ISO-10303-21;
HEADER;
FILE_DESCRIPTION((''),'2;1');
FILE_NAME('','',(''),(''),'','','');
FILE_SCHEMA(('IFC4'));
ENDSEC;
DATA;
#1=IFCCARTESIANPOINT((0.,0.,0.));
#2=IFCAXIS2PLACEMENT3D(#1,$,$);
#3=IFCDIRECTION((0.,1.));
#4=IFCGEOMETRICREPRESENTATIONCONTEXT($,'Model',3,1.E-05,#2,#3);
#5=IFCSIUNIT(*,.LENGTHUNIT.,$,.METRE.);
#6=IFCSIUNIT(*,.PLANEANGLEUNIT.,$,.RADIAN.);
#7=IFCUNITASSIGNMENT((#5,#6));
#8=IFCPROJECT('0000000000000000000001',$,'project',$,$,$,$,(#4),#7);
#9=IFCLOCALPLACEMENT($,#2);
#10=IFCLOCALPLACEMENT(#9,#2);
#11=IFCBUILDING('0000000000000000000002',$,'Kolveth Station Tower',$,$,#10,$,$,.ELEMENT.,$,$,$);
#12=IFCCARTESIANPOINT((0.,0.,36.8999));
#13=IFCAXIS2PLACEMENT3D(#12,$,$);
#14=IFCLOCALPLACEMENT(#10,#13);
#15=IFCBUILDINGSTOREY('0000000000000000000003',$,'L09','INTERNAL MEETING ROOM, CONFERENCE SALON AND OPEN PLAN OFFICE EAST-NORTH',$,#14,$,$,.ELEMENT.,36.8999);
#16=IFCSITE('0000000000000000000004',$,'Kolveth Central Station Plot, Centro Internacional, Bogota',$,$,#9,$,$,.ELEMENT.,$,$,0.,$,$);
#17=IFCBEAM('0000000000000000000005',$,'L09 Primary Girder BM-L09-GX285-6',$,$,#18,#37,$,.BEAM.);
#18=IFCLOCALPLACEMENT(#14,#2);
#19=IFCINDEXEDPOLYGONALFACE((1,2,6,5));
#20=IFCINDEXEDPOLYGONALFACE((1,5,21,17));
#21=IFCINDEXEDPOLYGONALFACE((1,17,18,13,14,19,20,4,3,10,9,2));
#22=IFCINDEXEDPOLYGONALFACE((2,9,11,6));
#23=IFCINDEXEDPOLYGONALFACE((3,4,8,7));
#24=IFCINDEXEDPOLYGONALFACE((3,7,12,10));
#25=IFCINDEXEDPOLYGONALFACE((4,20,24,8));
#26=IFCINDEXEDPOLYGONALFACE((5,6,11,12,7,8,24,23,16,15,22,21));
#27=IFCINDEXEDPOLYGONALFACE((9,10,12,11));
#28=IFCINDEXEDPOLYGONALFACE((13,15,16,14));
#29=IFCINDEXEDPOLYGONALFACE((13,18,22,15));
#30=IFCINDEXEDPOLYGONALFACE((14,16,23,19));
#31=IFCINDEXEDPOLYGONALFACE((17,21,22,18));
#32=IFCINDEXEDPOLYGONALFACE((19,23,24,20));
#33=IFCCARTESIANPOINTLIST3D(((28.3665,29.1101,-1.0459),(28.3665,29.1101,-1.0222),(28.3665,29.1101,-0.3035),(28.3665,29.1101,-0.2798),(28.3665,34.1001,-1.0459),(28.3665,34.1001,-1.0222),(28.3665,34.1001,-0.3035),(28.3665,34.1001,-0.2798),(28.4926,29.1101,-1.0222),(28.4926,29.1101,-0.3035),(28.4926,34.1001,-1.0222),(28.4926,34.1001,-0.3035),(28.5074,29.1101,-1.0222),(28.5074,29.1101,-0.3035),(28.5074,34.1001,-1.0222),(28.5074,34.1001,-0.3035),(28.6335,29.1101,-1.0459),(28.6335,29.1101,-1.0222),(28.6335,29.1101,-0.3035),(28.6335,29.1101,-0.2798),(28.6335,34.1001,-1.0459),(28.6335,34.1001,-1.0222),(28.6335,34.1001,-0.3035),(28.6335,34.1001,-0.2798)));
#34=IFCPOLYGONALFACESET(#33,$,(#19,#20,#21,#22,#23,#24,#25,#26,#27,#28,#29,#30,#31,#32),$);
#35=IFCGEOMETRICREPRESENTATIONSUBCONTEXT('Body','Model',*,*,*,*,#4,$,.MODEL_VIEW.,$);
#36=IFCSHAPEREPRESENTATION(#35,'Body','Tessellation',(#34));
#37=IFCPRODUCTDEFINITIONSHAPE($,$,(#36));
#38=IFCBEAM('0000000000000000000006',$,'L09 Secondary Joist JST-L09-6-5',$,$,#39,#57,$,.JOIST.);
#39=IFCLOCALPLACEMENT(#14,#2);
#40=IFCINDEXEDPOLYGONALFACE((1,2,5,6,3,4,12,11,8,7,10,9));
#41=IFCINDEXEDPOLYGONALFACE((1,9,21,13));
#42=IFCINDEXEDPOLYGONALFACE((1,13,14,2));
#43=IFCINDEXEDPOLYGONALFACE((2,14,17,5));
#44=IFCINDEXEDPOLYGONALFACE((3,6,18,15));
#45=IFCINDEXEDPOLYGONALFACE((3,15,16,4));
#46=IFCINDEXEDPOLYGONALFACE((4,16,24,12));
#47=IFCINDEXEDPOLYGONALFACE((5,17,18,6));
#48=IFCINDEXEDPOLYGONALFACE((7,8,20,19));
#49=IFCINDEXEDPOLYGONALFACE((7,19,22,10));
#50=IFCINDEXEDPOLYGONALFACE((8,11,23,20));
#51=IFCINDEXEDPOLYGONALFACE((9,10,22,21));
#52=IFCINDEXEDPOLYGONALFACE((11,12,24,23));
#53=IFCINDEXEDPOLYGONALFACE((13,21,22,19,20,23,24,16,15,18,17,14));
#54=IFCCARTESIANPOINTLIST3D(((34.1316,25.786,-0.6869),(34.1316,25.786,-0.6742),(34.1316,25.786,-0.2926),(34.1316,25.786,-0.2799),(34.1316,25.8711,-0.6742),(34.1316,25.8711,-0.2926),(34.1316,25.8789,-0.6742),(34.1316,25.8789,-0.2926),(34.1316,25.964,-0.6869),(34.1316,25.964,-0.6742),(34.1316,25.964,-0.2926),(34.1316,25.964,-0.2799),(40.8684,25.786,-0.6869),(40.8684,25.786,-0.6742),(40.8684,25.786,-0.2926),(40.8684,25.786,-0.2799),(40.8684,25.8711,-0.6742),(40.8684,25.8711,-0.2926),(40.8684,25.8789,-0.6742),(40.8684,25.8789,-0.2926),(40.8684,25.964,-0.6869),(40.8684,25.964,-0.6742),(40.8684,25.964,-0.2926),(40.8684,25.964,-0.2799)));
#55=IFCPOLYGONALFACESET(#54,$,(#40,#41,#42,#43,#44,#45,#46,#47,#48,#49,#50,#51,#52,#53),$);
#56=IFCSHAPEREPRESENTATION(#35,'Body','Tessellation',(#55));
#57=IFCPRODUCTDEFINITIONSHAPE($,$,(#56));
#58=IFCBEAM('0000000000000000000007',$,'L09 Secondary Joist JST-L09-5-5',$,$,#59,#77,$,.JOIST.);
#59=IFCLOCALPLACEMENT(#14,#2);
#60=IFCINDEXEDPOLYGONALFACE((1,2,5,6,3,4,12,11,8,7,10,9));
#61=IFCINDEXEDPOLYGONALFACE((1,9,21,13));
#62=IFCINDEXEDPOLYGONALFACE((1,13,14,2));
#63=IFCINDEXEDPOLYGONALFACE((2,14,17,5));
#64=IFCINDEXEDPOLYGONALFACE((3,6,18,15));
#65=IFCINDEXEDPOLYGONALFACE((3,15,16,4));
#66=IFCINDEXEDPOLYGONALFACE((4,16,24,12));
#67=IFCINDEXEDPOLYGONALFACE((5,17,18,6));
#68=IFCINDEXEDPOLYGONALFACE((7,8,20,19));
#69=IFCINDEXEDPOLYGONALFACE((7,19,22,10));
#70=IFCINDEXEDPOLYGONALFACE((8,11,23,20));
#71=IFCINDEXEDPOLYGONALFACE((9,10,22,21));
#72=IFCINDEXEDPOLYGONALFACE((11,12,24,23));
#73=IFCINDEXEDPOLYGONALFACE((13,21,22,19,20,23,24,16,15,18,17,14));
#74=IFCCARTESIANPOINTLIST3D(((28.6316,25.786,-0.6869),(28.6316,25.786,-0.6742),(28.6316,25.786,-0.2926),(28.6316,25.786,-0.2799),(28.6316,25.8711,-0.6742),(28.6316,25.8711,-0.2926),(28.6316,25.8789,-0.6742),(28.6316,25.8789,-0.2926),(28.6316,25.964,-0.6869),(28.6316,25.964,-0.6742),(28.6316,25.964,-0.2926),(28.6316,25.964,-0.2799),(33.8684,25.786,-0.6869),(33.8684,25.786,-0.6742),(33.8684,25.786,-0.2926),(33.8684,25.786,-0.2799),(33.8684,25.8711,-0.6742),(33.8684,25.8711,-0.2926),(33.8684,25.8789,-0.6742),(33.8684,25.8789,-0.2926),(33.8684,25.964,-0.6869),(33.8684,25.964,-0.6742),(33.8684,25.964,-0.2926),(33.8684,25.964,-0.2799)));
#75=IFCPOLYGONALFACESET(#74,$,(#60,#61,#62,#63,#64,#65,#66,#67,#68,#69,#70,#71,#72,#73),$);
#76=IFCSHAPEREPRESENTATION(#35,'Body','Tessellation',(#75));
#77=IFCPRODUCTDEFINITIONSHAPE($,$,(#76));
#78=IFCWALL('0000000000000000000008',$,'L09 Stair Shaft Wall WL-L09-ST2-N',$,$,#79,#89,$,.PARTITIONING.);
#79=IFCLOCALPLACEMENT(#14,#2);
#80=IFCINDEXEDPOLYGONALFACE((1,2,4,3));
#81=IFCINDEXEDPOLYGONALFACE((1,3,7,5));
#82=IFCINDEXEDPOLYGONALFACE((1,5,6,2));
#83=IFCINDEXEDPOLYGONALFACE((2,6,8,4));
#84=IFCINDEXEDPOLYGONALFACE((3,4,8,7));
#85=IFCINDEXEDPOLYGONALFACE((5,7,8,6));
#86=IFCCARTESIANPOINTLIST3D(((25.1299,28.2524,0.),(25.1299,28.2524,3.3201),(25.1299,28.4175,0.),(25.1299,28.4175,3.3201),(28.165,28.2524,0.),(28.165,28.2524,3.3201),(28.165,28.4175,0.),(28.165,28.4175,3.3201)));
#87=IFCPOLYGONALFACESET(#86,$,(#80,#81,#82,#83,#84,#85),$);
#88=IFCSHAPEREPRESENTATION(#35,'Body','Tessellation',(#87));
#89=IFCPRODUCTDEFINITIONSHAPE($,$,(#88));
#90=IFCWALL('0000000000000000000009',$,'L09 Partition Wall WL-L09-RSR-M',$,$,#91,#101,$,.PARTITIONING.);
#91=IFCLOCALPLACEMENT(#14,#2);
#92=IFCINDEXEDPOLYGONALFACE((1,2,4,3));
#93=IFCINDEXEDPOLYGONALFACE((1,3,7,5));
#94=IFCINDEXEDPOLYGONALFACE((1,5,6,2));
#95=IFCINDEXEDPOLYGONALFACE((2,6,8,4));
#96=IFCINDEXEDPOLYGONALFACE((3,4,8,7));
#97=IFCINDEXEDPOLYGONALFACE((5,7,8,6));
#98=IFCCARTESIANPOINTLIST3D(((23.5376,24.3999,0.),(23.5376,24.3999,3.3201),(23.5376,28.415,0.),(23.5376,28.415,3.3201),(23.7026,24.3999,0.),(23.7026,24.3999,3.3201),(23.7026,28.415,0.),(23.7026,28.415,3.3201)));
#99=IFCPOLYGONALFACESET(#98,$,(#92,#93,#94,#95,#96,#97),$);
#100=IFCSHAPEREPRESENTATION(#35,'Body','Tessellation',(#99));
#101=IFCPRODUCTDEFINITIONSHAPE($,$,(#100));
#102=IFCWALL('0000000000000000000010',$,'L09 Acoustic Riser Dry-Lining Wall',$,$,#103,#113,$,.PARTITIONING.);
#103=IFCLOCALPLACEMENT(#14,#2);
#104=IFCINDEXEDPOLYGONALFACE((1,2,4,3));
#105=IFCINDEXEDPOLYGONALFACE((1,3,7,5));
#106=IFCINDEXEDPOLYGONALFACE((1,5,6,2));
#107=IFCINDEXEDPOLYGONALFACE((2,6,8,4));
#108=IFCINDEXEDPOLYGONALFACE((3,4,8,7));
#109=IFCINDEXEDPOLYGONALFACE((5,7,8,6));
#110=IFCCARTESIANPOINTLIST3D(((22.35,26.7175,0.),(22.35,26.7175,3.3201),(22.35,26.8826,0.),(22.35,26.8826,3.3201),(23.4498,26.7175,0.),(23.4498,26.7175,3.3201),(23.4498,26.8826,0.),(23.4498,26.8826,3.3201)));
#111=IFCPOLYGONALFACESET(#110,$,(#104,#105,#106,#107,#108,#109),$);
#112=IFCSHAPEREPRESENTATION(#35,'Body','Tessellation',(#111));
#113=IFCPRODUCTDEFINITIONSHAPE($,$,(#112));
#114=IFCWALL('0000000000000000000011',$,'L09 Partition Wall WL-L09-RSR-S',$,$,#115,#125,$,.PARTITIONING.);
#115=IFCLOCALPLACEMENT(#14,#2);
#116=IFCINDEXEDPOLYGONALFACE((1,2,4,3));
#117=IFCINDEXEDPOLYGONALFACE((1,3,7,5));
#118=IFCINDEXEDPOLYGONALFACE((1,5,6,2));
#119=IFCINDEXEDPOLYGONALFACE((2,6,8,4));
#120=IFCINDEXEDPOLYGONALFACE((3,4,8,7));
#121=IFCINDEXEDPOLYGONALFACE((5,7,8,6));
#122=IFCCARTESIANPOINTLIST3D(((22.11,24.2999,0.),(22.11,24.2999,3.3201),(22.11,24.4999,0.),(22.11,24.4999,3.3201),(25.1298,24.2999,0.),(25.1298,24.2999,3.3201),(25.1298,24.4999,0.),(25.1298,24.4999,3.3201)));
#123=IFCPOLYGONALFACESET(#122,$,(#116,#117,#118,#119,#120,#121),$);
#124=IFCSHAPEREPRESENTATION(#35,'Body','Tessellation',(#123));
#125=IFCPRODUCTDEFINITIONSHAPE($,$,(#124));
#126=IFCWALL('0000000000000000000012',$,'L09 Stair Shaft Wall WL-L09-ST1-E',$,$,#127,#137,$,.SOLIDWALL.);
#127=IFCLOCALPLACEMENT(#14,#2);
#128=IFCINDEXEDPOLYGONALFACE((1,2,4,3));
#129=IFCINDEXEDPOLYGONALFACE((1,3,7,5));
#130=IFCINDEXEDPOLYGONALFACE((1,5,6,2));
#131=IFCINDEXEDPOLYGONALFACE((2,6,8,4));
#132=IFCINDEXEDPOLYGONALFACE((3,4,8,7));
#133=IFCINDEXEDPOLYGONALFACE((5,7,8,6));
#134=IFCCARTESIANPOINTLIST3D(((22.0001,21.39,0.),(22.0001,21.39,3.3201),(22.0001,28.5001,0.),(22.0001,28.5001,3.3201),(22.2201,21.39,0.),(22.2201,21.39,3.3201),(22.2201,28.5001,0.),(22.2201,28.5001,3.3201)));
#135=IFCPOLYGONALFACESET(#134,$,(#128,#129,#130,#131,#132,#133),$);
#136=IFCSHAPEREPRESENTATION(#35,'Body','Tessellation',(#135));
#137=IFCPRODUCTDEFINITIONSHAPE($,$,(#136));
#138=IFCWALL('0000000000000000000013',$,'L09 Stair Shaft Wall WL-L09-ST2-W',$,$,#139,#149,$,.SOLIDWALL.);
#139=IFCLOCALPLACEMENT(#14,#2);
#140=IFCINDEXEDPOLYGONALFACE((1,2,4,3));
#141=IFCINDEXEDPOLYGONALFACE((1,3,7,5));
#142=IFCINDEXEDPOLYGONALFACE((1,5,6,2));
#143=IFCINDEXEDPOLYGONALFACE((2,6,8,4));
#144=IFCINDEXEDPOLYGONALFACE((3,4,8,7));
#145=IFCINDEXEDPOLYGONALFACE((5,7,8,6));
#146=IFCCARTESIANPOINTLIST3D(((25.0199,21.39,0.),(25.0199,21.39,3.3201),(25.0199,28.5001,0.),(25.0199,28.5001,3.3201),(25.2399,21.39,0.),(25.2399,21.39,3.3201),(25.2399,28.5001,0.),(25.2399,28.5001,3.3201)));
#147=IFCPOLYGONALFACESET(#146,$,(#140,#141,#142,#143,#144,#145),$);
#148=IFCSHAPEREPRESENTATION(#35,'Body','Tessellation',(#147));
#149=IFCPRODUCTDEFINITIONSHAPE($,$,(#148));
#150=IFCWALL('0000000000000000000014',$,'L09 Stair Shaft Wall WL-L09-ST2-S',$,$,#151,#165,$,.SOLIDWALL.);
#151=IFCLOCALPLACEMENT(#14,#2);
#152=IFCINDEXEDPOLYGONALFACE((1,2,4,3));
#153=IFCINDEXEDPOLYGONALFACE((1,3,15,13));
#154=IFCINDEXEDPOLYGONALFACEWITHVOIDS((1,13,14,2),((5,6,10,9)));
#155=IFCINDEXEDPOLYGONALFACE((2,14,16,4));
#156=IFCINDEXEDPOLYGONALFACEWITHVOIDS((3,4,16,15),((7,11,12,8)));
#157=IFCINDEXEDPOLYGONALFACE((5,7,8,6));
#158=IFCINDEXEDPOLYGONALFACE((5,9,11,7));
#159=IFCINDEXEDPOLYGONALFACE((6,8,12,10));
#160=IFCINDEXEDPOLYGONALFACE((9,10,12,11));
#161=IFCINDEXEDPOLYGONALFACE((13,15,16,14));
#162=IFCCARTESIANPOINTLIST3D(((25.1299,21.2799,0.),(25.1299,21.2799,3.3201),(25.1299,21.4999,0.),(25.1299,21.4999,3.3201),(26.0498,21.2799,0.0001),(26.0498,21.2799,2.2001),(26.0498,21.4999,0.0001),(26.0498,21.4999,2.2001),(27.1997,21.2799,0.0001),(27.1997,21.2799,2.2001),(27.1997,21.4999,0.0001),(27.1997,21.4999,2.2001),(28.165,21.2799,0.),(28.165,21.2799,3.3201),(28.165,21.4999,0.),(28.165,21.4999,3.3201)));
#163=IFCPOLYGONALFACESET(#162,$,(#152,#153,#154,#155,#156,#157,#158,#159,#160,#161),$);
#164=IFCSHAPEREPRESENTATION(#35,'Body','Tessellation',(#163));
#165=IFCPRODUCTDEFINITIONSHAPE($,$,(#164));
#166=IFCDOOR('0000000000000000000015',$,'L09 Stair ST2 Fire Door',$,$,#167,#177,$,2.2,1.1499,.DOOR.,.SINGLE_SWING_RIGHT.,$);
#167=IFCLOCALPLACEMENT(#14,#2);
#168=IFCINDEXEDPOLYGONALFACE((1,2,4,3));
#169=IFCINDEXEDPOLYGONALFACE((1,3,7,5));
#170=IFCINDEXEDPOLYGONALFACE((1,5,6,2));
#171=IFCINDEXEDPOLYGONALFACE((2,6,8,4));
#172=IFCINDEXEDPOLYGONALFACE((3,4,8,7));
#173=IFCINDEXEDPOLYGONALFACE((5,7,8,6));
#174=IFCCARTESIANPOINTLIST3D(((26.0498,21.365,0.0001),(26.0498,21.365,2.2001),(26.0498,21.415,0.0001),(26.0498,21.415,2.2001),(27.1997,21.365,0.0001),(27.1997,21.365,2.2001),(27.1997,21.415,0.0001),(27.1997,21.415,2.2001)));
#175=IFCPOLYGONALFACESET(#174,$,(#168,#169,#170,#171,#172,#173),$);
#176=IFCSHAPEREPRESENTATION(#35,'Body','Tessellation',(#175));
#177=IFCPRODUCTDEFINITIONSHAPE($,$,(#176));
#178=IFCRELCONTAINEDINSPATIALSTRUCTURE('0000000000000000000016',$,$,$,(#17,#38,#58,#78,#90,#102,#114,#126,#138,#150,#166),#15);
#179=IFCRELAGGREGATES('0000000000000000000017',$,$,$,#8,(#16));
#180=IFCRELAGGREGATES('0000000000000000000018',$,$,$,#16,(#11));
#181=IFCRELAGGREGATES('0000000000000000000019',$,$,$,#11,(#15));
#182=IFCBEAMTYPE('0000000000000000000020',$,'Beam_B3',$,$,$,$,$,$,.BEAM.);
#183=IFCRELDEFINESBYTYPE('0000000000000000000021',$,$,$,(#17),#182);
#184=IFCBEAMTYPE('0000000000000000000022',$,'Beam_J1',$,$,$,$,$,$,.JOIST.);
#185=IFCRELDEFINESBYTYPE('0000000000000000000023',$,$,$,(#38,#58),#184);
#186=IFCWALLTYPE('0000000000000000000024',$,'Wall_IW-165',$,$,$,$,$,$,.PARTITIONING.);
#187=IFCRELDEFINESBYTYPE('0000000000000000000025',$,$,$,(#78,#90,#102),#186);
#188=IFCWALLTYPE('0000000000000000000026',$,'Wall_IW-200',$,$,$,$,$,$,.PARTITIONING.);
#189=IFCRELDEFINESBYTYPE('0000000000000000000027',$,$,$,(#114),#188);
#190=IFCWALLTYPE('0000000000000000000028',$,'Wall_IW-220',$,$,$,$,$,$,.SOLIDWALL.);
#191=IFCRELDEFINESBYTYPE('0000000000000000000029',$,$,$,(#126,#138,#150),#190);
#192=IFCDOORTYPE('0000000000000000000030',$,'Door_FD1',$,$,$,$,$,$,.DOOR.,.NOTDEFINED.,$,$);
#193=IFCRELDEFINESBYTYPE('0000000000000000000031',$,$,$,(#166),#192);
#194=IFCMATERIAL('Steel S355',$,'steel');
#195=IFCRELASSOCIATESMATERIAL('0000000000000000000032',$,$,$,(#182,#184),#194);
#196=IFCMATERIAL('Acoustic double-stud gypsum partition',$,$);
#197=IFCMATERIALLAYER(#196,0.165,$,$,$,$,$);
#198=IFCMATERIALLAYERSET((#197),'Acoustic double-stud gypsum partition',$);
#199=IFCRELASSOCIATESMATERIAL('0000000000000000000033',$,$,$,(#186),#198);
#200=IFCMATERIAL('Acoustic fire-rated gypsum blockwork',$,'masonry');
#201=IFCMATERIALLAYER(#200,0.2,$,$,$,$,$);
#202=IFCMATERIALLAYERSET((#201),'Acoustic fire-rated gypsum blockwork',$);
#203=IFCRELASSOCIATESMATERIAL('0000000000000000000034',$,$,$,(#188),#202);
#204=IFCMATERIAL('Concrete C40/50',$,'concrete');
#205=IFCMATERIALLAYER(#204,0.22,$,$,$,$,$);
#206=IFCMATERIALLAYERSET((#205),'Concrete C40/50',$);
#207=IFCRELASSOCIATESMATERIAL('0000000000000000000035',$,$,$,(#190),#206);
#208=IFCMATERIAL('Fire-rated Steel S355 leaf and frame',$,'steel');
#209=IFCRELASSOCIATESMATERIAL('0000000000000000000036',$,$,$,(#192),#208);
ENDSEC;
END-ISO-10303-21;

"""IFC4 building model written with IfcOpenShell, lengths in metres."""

from ifc_helpers import new_model, si_unit, direction, frame, frame_2d, origin, origin_2d, place, context, subcontext, project, spatial, rectangle, i_section, extrude, source, transform, mapped, material, layer, layer_set, material_profile, profile_set, type_object, element, fill, save


model = new_model("IFC4")

# Units and contexts
model_context = context("Model", 3, precision=1e-05, world=origin(), true_north=direction((0.0, 1.0)))
body_context = subcontext(model_context, "Body", "Model", "MODEL_VIEW")
ifc_project = project(units=[si_unit("LENGTHUNIT", "METRE"), si_unit("PLANEANGLEUNIT", "RADIAN")], contexts=[model_context])

# Site, building, storey
site_placement = place(None, origin())
site = spatial("IfcSite", under=ifc_project, at=site_placement, Name="Kolveth Central Station Plot, Centro Internacional, Bogota", CompositionType="ELEMENT", RefElevation=0.0)
building_placement = place(site_placement, origin())
building = spatial("IfcBuilding", under=site, at=building_placement, Name="Kolveth Station Tower", CompositionType="ELEMENT")
storey_placement = place(building_placement, frame((0.0, 0.0, 36.8999)))
storey = spatial("IfcBuildingStorey", under=building, at=storey_placement, Name="L09", Description="INTERNAL MEETING ROOM, CONFERENCE SALON AND OPEN PLAN OFFICE EAST-NORTH", CompositionType="ELEMENT", Elevation=36.8999)

# Beams
ifc_material_1 = material(Name="Steel S355", Category="steel")
ifc_material_profile_1 = material_profile(ifc_material_1, i_section(OverallWidth=0.2671, OverallDepth=0.7661, WebThickness=0.0149, FlangeThickness=0.0237, at=origin_2d()), Name="W760x185")
ifc_profile_set_1 = profile_set([ifc_material_profile_1], Name="Steel S355")
beam_type_1 = type_object("IfcBeamType", Name="Beam_B3", PredefinedType="BEAM", material=ifc_profile_set_1)
shared_shape_1 = source(origin(), body_context, "Body", "SweptSolid", [
    extrude(i_section(OverallWidth=0.2671, OverallDepth=0.7661, WebThickness=0.0149, FlangeThickness=0.0237, at=origin_2d()), origin(), (0.0, 0.0, 1.0), 4.99),
])
beam_1_placement = place(storey_placement, frame((28.5, 29.1101, -0.6628), z_axis=(0.0, 1.0, 0.0), x_axis=(-1.0, 0.0, 0.0)))
element("IfcBeam", 1, at=beam_1_placement, inside=storey, type_object=beam_type_1, Name="L09 Primary Girder BM-L09-GX285-6", PredefinedType="BEAM", context=body_context, shape_type="MappedRepresentation", body=[
    mapped(shared_shape_1, transform((0.0, 0.0, 0.0), x_axis=(1.0, 0.0, 0.0), y_axis=(0.0, 1.0, 0.0), z_axis=(0.0, 0.0, 1.0), scale=1.0)),
])
ifc_material_profile_2 = material_profile(ifc_material_1, i_section(OverallWidth=0.178, OverallDepth=0.407, WebThickness=0.0078, FlangeThickness=0.0127, at=origin_2d()), Name="W410x60")
ifc_profile_set_2 = profile_set([ifc_material_profile_2], Name="Steel S355")
beam_type_2 = type_object("IfcBeamType", Name="Beam_J1", PredefinedType="JOIST", material=ifc_profile_set_2)
shared_shape_2 = source(origin(), body_context, "Body", "SweptSolid", [
    extrude(i_section(OverallWidth=0.178, OverallDepth=0.407, WebThickness=0.0078, FlangeThickness=0.0127, at=origin_2d()), origin(), (0.0, 0.0, 1.0), 6.7368),
])
beam_2_placement = place(storey_placement, frame((34.1316, 25.875, -0.4834), z_axis=(1.0, 0.0, 0.0), x_axis=(0.0, 1.0, 0.0)))
element("IfcBeam", 2, at=beam_2_placement, inside=storey, type_object=beam_type_2, Name="L09 Secondary Joist JST-L09-6-5", PredefinedType="JOIST", context=body_context, shape_type="MappedRepresentation", body=[
    mapped(shared_shape_2, transform((0.0, 0.0, 0.0), x_axis=(1.0, 0.0, 0.0), y_axis=(0.0, 1.0, 0.0), z_axis=(0.0, 0.0, 1.0), scale=1.0)),
])
shared_shape_3 = source(origin(), body_context, "Body", "SweptSolid", [
    extrude(i_section(OverallWidth=0.178, OverallDepth=0.407, WebThickness=0.0078, FlangeThickness=0.0127, at=origin_2d()), origin(), (0.0, 0.0, 1.0), 5.2368),
])
beam_3_placement = place(storey_placement, frame((28.6316, 25.875, -0.4834), z_axis=(1.0, 0.0, 0.0), x_axis=(0.0, 1.0, 0.0)))
element("IfcBeam", 3, at=beam_3_placement, inside=storey, type_object=beam_type_2, Name="L09 Secondary Joist JST-L09-5-5", PredefinedType="JOIST", context=body_context, shape_type="MappedRepresentation", body=[
    mapped(shared_shape_3, transform((0.0, 0.0, 0.0), x_axis=(1.0, 0.0, 0.0), y_axis=(0.0, 1.0, 0.0), z_axis=(0.0, 0.0, 1.0), scale=1.0)),
])

# Walls
ifc_material_2 = material(Name="Acoustic double-stud gypsum partition")
ifc_layer_1 = layer(ifc_material_2, 0.165)
ifc_layer_set_1 = layer_set([ifc_layer_1], Name="Acoustic double-stud gypsum partition")
wall_type_1 = type_object("IfcWallType", Name="Wall_IW-165", PredefinedType="PARTITIONING", material=ifc_layer_set_1)
wall_1_placement = place(storey_placement, frame((25.1299, 28.335, 0.0), z_axis=(0.0, 0.0, 1.0), x_axis=(1.0, 0.0, 0.0)))
element("IfcWall", 4, at=wall_1_placement, inside=storey, type_object=wall_type_1, Name="L09 Stair Shaft Wall WL-L09-ST2-N", PredefinedType="PARTITIONING", context=body_context, shape_type="SweptSolid", body=[
    extrude(rectangle(XDim=3.0352, YDim=0.165, at=frame_2d((1.5176, 0.0))), origin(), (0.0, 0.0, 1.0), 3.3201),
])
wall_2_placement = place(storey_placement, frame((23.6201, 24.3999, 0.0), z_axis=(0.0, 0.0, 1.0), x_axis=(0.0, 1.0, 0.0)))
element("IfcWall", 5, at=wall_2_placement, inside=storey, type_object=wall_type_1, Name="L09 Partition Wall WL-L09-RSR-M", PredefinedType="PARTITIONING", context=body_context, shape_type="SweptSolid", body=[
    extrude(rectangle(XDim=4.0151, YDim=0.165, at=frame_2d((2.0076, 0.0))), origin(), (0.0, 0.0, 1.0), 3.3201),
])
wall_3_placement = place(storey_placement, frame((22.3501, 26.8, 0.0), z_axis=(0.0, 0.0, 1.0), x_axis=(1.0, 0.0, 0.0)))
element("IfcWall", 6, at=wall_3_placement, inside=storey, type_object=wall_type_1, Name="L09 Acoustic Riser Dry-Lining Wall", PredefinedType="PARTITIONING", context=body_context, shape_type="SweptSolid", body=[
    extrude(rectangle(XDim=1.0999, YDim=0.165, at=frame_2d((0.5498, 0.0))), origin(), (0.0, 0.0, 1.0), 3.3201),
])
ifc_material_3 = material(Name="Acoustic fire-rated gypsum blockwork", Category="masonry")
ifc_layer_2 = layer(ifc_material_3, 0.2)
ifc_layer_set_2 = layer_set([ifc_layer_2], Name="Acoustic fire-rated gypsum blockwork")
wall_type_2 = type_object("IfcWallType", Name="Wall_IW-200", PredefinedType="PARTITIONING", material=ifc_layer_set_2)
wall_4_placement = place(storey_placement, frame((22.1101, 24.3999, 0.0), z_axis=(0.0, 0.0, 1.0), x_axis=(1.0, 0.0, 0.0)))
element("IfcWall", 7, at=wall_4_placement, inside=storey, type_object=wall_type_2, Name="L09 Partition Wall WL-L09-RSR-S", PredefinedType="PARTITIONING", context=body_context, shape_type="SweptSolid", body=[
    extrude(rectangle(XDim=3.0198, YDim=0.2, at=frame_2d((1.5098, 0.0))), origin(), (0.0, 0.0, 1.0), 3.3201),
])
ifc_material_4 = material(Name="Concrete C40/50", Category="concrete")
ifc_layer_3 = layer(ifc_material_4, 0.22)
ifc_layer_set_3 = layer_set([ifc_layer_3], Name="Concrete C40/50")
wall_type_3 = type_object("IfcWallType", Name="Wall_IW-220", PredefinedType="SOLIDWALL", material=ifc_layer_set_3)
for number, where, z_axis, x_axis, name in (
    (8, (22.1101, 21.3899, 0.0), (0.0, 0.0, 1.0), (0.0, 1.0, 0.0), "L09 Stair Shaft Wall WL-L09-ST1-E"),
    (9, (25.1299, 21.3899, 0.0), (0.0, 0.0, 1.0), (0.0, 1.0, 0.0), "L09 Stair Shaft Wall WL-L09-ST2-W"),
):
    element("IfcWall", number, at=place(storey_placement, frame(where, z_axis=z_axis, x_axis=x_axis)), inside=storey, type_object=wall_type_3, Name=name, PredefinedType="SOLIDWALL", context=body_context, shape_type="SweptSolid", body=[
        extrude(rectangle(XDim=7.1101, YDim=0.22, at=frame_2d((3.5552, 0.0))), origin(), (0.0, 0.0, 1.0), 3.3201),
    ])

# Wall, opening, door
wall_5_placement = place(storey_placement, frame((25.1299, 21.3899, 0.0), z_axis=(0.0, 0.0, 1.0), x_axis=(1.0, 0.0, 0.0)))
wall_5 = element("IfcWall", 10, at=wall_5_placement, inside=storey, type_object=wall_type_3, Name="L09 Stair Shaft Wall WL-L09-ST2-S", PredefinedType="SOLIDWALL", context=body_context, shape_type="SweptSolid", body=[
    extrude(rectangle(XDim=3.0352, YDim=0.22, at=frame_2d((1.5176, 0.0))), origin(), (0.0, 0.0, 1.0), 3.3201),
])
opening_placement = place(wall_5_placement, frame((0.9199, 0.0, 0.0)))
opening = element("IfcOpeningElement", 11, at=opening_placement, cuts=wall_5, PredefinedType="OPENING", context=body_context, shape_type="SweptSolid", body=[
    extrude(rectangle(XDim=1.1499, YDim=2.2, at=frame_2d((0.575, 1.1001))), frame((0.0, 0.1199, 0.0), z_axis=(0.0, -1.0, 0.0), x_axis=(1.0, 0.0, 0.0)), (0.0, 0.0, 1.0), 0.24),
])
ifc_material_5 = material(Name="Fire-rated Steel S355 leaf and frame", Category="steel")
door_type = type_object("IfcDoorType", Name="Door_FD1", OperationType="NOTDEFINED", PredefinedType="DOOR", material=ifc_material_5)
door_placement = place(opening_placement, frame((1.1499, 0.0, 0.0), z_axis=(0.0, 0.0, 1.0), x_axis=(-1.0, 0.0, 0.0)))
door = element("IfcDoor", 12, at=door_placement, inside=storey, type_object=door_type, Name="L09 Stair ST2 Fire Door", OperationType="SINGLE_SWING_RIGHT", OverallHeight=2.2, OverallWidth=1.1499, PredefinedType="DOOR", context=body_context, shape_type="SweptSolid", body=[
    extrude(rectangle(XDim=1.1499, YDim=2.2, at=frame_2d((0.575, 1.1001))), frame((0.0, 0.0249, 0.0), z_axis=(0.0, -1.0, 0.0), x_axis=(1.0, 0.0, 0.0)), (0.0, 0.0, 1.0), 0.05),
])
fill(opening, door)

save(model, "model.ifc")
